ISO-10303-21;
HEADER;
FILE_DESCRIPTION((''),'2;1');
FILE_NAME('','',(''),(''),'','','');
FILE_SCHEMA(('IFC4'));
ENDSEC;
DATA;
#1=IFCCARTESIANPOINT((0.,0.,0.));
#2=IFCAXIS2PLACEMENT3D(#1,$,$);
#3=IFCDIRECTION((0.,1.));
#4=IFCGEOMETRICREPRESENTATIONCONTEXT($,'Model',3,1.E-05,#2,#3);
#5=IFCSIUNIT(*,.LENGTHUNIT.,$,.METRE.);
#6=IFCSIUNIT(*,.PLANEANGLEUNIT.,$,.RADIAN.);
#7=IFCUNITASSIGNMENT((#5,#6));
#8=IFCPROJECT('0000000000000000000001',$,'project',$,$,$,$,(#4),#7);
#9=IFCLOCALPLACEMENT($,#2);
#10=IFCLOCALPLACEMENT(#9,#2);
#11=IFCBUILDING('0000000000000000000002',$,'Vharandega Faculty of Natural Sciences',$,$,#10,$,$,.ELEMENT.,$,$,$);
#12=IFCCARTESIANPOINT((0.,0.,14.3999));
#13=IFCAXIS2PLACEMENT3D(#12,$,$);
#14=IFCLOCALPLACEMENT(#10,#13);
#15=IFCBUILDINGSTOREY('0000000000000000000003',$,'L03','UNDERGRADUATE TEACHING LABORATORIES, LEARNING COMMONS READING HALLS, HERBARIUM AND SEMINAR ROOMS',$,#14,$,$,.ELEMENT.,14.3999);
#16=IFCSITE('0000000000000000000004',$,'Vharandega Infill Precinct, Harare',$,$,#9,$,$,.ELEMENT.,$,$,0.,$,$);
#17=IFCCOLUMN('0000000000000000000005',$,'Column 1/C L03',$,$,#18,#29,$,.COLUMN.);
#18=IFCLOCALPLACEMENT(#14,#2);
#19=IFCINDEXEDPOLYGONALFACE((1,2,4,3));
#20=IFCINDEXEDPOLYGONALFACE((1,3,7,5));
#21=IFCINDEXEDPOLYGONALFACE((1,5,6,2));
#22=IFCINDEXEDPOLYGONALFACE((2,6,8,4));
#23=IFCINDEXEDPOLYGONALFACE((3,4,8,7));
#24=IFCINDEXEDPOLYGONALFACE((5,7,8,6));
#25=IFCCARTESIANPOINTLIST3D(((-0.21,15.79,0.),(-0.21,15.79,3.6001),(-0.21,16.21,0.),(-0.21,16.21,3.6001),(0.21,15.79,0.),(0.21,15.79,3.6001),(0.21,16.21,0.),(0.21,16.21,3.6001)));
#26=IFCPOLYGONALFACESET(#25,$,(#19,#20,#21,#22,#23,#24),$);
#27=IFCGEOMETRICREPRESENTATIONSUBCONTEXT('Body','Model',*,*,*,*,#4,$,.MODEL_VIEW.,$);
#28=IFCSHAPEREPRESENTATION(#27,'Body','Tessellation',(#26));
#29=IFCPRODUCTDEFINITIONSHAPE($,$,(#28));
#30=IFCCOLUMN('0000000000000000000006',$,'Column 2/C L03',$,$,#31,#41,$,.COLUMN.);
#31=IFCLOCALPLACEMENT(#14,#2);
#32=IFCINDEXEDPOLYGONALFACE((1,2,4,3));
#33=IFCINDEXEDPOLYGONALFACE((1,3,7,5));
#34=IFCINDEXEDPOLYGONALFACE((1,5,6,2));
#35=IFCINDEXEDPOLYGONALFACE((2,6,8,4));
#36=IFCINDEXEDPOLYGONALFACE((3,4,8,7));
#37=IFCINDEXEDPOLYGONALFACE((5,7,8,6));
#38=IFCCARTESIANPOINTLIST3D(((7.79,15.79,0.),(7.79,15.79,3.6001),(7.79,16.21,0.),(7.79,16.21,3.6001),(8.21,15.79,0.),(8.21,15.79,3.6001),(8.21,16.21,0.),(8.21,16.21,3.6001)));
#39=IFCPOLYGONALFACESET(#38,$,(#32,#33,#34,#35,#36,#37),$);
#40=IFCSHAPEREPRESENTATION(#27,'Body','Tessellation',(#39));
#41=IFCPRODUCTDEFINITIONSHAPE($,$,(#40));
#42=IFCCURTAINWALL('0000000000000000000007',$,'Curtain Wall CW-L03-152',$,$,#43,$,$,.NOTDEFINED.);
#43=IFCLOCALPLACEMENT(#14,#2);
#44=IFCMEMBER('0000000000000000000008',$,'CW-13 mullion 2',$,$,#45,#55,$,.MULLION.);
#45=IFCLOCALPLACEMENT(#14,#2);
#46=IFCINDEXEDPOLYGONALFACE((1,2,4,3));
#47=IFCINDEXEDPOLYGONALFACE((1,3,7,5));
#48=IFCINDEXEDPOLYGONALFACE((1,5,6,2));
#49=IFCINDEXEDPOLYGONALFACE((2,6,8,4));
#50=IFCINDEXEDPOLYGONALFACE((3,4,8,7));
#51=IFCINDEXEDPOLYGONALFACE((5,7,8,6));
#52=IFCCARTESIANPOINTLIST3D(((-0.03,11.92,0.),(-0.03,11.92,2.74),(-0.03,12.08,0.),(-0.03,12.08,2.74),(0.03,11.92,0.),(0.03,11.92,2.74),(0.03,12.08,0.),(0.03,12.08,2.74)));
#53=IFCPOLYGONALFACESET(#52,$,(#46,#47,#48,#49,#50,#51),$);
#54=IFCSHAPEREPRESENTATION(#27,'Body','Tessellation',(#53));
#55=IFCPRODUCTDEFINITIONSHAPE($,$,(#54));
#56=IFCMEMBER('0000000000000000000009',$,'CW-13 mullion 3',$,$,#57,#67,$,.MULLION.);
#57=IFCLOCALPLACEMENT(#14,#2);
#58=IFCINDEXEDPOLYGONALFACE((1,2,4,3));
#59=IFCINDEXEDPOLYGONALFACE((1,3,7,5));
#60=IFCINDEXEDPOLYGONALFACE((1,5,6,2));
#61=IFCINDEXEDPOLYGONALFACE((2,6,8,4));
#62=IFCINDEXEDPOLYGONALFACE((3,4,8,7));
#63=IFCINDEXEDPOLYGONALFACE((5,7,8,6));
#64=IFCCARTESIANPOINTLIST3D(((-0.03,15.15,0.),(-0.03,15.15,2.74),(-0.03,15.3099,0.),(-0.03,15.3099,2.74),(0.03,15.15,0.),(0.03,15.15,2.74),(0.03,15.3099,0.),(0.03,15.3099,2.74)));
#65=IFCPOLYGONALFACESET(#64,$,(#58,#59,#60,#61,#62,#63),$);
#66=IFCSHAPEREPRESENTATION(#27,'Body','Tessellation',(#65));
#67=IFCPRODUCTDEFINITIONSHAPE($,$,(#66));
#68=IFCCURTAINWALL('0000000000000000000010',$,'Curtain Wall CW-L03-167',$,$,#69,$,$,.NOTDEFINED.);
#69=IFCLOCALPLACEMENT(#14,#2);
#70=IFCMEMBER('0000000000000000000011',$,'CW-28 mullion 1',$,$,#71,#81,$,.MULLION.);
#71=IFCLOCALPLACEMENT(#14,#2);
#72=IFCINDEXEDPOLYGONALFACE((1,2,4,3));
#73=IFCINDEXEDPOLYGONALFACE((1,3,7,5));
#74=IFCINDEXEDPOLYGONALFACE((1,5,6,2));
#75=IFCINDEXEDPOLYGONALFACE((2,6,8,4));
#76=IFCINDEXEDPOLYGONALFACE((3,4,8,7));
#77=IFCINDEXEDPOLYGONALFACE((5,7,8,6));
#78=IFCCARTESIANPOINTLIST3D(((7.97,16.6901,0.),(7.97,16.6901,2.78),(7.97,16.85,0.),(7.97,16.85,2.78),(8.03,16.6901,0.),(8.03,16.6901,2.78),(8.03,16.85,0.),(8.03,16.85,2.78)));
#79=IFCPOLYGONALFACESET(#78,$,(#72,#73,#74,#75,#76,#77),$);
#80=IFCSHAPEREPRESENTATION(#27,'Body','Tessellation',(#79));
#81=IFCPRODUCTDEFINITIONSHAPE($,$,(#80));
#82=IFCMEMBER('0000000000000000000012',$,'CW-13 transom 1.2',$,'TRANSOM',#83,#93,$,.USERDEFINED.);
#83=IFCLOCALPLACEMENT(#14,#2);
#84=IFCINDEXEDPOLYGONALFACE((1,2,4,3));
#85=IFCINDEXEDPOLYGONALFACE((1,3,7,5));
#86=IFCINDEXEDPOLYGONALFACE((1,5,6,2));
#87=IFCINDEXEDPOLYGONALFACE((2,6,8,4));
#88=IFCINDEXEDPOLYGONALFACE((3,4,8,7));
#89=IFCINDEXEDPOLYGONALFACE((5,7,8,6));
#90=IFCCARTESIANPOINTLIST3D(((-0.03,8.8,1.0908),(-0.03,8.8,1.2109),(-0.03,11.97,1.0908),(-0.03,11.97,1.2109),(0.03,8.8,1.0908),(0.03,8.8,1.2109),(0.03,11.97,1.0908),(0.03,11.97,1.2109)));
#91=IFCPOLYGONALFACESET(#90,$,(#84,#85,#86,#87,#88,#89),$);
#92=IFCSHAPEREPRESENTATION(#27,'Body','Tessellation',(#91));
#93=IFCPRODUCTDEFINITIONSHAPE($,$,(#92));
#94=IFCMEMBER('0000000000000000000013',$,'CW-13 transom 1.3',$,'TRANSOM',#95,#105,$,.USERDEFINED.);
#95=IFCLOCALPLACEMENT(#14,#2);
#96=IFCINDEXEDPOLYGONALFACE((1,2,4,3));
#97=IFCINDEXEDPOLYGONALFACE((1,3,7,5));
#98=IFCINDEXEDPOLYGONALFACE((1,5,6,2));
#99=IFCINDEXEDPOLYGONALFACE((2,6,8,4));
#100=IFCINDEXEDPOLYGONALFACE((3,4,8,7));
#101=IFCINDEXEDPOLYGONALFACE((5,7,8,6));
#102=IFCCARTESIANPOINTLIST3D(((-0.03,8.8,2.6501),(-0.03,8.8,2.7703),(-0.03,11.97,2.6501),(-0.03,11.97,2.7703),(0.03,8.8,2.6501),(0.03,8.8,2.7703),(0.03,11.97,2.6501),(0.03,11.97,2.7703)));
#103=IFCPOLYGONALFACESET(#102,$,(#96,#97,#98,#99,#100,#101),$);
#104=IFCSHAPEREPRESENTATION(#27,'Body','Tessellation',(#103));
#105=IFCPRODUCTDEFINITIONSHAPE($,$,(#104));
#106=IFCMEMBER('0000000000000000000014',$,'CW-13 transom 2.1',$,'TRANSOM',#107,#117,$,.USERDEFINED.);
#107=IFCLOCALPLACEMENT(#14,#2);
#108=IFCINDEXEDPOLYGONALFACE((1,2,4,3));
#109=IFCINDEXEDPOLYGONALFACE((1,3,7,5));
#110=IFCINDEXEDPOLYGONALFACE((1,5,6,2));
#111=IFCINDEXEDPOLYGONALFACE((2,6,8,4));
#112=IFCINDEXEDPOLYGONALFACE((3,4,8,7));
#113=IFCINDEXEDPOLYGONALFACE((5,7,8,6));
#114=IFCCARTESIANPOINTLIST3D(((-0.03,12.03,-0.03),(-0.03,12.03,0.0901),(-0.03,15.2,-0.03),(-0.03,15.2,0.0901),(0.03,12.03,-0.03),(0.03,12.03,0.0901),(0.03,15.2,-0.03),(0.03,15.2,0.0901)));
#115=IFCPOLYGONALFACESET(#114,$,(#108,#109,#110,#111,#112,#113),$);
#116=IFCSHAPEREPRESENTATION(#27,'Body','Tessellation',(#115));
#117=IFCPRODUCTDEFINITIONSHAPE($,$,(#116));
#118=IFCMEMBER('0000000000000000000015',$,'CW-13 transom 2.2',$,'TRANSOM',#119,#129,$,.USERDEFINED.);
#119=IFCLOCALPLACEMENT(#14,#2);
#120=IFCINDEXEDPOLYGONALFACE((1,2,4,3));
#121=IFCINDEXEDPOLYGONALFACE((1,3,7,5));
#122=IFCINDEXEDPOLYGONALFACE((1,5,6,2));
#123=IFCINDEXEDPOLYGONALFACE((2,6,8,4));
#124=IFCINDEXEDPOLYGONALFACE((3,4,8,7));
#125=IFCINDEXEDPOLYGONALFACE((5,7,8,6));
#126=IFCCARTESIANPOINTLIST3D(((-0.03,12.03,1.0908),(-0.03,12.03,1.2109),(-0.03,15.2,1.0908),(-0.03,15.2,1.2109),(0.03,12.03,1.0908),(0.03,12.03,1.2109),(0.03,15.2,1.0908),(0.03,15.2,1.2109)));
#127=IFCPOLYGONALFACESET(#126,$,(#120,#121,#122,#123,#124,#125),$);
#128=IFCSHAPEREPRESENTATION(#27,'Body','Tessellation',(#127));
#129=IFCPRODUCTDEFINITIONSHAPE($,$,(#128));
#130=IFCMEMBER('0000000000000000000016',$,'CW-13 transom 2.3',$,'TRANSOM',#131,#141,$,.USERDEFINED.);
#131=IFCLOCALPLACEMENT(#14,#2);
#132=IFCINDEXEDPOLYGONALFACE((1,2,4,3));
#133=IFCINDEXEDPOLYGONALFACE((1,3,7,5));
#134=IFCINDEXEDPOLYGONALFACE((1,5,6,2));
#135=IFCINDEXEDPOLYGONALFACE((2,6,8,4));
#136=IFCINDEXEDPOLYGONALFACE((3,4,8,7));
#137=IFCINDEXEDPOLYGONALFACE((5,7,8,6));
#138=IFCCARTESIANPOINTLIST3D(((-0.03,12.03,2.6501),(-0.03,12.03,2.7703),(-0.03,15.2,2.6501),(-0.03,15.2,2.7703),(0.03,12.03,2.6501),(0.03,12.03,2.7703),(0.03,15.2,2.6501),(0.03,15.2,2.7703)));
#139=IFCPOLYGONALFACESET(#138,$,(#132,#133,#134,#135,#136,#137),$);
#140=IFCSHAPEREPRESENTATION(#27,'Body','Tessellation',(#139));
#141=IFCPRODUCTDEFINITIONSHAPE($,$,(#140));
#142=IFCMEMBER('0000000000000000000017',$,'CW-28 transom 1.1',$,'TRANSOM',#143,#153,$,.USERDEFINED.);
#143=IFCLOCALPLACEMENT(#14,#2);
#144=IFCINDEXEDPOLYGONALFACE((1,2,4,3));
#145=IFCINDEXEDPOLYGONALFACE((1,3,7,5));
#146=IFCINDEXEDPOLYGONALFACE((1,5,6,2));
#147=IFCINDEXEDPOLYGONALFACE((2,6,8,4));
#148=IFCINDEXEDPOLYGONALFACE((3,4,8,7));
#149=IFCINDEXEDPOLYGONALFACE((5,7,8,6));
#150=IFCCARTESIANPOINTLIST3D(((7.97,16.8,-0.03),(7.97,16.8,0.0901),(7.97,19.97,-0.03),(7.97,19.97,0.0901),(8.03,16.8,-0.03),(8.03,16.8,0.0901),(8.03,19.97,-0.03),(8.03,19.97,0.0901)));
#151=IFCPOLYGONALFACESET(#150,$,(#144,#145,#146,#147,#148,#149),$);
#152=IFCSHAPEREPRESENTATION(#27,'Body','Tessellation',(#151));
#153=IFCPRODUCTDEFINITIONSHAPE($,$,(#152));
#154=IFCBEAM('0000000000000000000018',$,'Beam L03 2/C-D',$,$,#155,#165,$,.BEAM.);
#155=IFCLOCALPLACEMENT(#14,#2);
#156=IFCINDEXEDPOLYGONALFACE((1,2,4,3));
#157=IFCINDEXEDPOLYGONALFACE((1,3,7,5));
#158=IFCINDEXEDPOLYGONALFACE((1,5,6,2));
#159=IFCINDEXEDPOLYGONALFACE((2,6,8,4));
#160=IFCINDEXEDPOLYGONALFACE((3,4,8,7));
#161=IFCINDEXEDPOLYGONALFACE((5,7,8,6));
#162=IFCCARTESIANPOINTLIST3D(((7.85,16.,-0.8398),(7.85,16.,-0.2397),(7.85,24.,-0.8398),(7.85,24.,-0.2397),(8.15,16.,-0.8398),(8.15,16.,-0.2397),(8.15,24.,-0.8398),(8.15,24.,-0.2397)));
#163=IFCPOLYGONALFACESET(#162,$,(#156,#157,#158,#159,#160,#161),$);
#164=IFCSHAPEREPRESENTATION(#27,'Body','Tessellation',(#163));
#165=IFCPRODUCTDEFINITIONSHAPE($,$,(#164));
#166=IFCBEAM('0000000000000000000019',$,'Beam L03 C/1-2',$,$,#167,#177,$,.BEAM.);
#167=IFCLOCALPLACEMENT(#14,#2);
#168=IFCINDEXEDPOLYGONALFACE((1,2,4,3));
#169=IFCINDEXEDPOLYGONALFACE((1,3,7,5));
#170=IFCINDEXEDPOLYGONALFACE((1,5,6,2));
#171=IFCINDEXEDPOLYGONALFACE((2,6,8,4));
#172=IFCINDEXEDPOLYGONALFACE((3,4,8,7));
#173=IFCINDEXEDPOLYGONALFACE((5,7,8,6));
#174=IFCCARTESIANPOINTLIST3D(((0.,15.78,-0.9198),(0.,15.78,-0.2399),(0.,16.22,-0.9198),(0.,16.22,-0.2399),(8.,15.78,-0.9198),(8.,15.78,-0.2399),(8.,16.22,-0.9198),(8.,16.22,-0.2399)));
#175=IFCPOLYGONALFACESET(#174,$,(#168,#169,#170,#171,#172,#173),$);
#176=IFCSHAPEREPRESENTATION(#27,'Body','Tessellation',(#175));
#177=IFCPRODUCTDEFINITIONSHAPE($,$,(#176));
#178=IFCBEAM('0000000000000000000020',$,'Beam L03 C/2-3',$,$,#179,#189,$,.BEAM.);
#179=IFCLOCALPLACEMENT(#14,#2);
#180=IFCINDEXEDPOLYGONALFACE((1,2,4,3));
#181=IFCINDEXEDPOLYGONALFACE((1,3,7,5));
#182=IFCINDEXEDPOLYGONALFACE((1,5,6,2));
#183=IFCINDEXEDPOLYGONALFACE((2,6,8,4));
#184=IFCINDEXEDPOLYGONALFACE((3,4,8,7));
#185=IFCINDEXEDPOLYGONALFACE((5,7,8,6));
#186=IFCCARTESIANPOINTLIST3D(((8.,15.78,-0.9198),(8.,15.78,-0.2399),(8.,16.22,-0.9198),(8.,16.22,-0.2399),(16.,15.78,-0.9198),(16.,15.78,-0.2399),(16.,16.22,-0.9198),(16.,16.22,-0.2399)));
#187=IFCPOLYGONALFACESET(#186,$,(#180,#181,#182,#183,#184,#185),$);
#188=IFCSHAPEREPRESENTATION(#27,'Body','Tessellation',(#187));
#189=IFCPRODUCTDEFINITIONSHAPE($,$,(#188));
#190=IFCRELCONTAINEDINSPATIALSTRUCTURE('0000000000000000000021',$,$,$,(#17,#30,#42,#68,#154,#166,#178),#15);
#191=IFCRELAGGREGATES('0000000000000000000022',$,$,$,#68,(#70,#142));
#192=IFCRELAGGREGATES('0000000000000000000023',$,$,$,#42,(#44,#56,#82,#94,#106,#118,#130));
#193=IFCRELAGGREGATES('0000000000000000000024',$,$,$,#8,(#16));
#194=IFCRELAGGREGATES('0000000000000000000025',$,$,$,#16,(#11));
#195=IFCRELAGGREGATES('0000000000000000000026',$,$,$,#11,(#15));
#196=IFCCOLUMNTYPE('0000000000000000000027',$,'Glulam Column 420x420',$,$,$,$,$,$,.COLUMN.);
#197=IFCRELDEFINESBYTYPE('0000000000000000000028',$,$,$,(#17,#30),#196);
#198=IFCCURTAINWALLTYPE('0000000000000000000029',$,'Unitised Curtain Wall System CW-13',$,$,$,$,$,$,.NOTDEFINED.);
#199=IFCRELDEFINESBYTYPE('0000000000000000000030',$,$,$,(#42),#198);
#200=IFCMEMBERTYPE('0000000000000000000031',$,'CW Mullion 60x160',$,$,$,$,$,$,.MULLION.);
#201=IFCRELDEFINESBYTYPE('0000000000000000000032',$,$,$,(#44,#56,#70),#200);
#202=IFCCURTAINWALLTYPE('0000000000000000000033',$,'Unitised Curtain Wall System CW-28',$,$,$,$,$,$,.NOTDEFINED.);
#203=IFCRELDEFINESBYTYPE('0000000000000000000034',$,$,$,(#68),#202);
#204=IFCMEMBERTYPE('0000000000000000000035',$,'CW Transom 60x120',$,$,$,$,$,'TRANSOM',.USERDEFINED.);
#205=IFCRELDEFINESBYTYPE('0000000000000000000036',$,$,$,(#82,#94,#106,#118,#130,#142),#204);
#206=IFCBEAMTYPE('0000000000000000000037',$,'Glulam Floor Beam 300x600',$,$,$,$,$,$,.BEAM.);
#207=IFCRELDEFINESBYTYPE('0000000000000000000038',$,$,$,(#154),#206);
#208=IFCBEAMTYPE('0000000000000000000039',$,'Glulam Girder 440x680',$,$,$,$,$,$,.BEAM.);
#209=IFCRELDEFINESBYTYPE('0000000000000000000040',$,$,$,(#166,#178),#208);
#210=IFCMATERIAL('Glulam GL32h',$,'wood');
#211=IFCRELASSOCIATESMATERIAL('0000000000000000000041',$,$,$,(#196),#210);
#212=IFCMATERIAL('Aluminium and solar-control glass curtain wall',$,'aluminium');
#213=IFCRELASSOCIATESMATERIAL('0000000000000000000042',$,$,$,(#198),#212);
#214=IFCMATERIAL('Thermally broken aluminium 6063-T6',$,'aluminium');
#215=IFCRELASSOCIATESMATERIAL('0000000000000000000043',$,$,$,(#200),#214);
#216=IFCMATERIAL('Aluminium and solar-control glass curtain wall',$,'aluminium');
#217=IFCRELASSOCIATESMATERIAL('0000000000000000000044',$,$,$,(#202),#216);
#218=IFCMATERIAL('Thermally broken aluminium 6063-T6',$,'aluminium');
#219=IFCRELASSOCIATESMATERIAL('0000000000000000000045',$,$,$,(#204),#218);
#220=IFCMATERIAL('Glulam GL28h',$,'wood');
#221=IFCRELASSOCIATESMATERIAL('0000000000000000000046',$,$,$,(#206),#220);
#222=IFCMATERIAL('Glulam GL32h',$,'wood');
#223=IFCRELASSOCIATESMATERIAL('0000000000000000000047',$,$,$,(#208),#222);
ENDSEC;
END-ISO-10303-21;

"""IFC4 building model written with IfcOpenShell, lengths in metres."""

from ifc_helpers import new_model, si_unit, direction, frame, origin, origin_2d, place, context, subcontext, project, spatial, rectangle, extrude, material, material_profile, profile_set, type_object, element, aggregate, save


model = new_model("IFC4")

# Units and contexts
model_context = context("Model", 3, precision=1e-05, world=origin(), true_north=direction((0.0, 1.0)))
body_context = subcontext(model_context, "Body", "Model", "MODEL_VIEW")
ifc_project = project(units=[si_unit("LENGTHUNIT", "METRE"), si_unit("PLANEANGLEUNIT", "RADIAN")], contexts=[model_context])

# Site, building, storey
site_placement = place(None, origin())
site = spatial("IfcSite", under=ifc_project, at=site_placement, Name="Vharandega Infill Precinct, Harare", CompositionType="ELEMENT", RefElevation=0.0)
building_placement = place(site_placement, origin())
building = spatial("IfcBuilding", under=site, at=building_placement, Name="Vharandega Faculty of Natural Sciences", CompositionType="ELEMENT")
storey_placement = place(building_placement, frame((0.0, 0.0, 14.3999)))
storey = spatial("IfcBuildingStorey", under=building, at=storey_placement, Name="L03", Description="UNDERGRADUATE TEACHING LABORATORIES, LEARNING COMMONS READING HALLS, HERBARIUM AND SEMINAR ROOMS", CompositionType="ELEMENT", Elevation=14.3999)

# Columns
ifc_material_1 = material(Name="Glulam GL32h", Category="wood")
ifc_material_profile_1 = material_profile(ifc_material_1, rectangle(XDim=0.4199, YDim=0.4199, at=origin_2d()), Name="GL32h 420x420")
ifc_profile_set_1 = profile_set([ifc_material_profile_1], Name="Glulam GL32h")
column_type = type_object("IfcColumnType", Name="Glulam Column 420x420", PredefinedType="COLUMN", material=ifc_profile_set_1)
for number, where, z_axis, x_axis, name in (
    (1, (0.0, 16.0, 0.0), (0.0, 0.0, 1.0), (1.0, 0.0, 0.0), "Column 1/C L03"),
    (2, (8.0, 16.0, 0.0), (0.0, 0.0, 1.0), (1.0, 0.0, 0.0), "Column 2/C L03"),
):
    element("IfcColumn", number, at=place(storey_placement, frame(where, z_axis=z_axis, x_axis=x_axis)), inside=storey, type_object=column_type, Name=name, PredefinedType="COLUMN", context=body_context, shape_type="SweptSolid", body=[
        extrude(rectangle(XDim=0.4199, YDim=0.4199, at=origin_2d()), origin(), (0.0, 0.0, 1.0), 3.6001),
    ])

# Curtain wall, members
ifc_material_2 = material(Name="Aluminium and solar-control glass curtain wall", Category="aluminium")
curtain_wall_type_1 = type_object("IfcCurtainWallType", Name="Unitised Curtain Wall System CW-13", PredefinedType="NOTDEFINED", material=ifc_material_2)
curtain_wall_1_placement = place(storey_placement, origin())
curtain_wall_1 = element("IfcCurtainWall", 3, at=curtain_wall_1_placement, inside=storey, type_object=curtain_wall_type_1, Name="Curtain Wall CW-L03-152", PredefinedType="NOTDEFINED")
ifc_material_3 = material(Name="Thermally broken aluminium 6063-T6", Category="aluminium")
ifc_material_profile_2 = material_profile(ifc_material_3, rectangle(XDim=0.0601, YDim=0.1599, at=origin_2d()), Name="ALU 60x160")
ifc_profile_set_2 = profile_set([ifc_material_profile_2], Name="Thermally broken aluminium 6063-T6")
member_type_1 = type_object("IfcMemberType", Name="CW Mullion 60x160", PredefinedType="MULLION", material=ifc_profile_set_2)
member_1_placement = place(storey_placement, frame((0.0, 12.0, 0.0), z_axis=(0.0, 0.0, 1.0), x_axis=(-1.0, 0.0, 0.0)))
member_1 = element("IfcMember", 4, at=member_1_placement, type_object=member_type_1, Name="CW-13 mullion 2", PredefinedType="MULLION", context=body_context, shape_type="SweptSolid", body=[
    extrude(rectangle(XDim=0.0601, YDim=0.1599, at=origin_2d()), origin(), (0.0, 0.0, 1.0), 2.74),
])
member_2_placement = place(storey_placement, frame((0.0, 15.23, 0.0), z_axis=(0.0, 0.0, 1.0), x_axis=(-1.0, 0.0, 0.0)))
member_2 = element("IfcMember", 5, at=member_2_placement, type_object=member_type_1, Name="CW-13 mullion 3", PredefinedType="MULLION", context=body_context, shape_type="SweptSolid", body=[
    extrude(rectangle(XDim=0.0601, YDim=0.1599, at=origin_2d()), origin(), (0.0, 0.0, 1.0), 2.74),
])

# Curtain wall, member
ifc_material_4 = material(Name="Aluminium and solar-control glass curtain wall", Category="aluminium")
curtain_wall_type_2 = type_object("IfcCurtainWallType", Name="Unitised Curtain Wall System CW-28", PredefinedType="NOTDEFINED", material=ifc_material_4)
curtain_wall_2_placement = place(storey_placement, origin())
curtain_wall_2 = element("IfcCurtainWall", 6, at=curtain_wall_2_placement, inside=storey, type_object=curtain_wall_type_2, Name="Curtain Wall CW-L03-167", PredefinedType="NOTDEFINED")
member_3_placement = place(storey_placement, frame((8.0, 16.77, 0.0), z_axis=(0.0, 0.0, 1.0), x_axis=(-1.0, 0.0, 0.0)))
member_3 = element("IfcMember", 7, at=member_3_placement, type_object=member_type_1, Name="CW-28 mullion 1", PredefinedType="MULLION", context=body_context, shape_type="SweptSolid", body=[
    extrude(rectangle(XDim=0.0601, YDim=0.1599, at=origin_2d()), origin(), (0.0, 0.0, 1.0), 2.78),
])

# Members
ifc_material_5 = material(Name="Thermally broken aluminium 6063-T6", Category="aluminium")
ifc_material_profile_3 = material_profile(ifc_material_5, rectangle(XDim=0.0601, YDim=0.1201, at=origin_2d()), Name="ALU 60x120")
ifc_profile_set_3 = profile_set([ifc_material_profile_3], Name="Thermally broken aluminium 6063-T6")
member_type_2 = type_object("IfcMemberType", Name="CW Transom 60x120", ElementType="TRANSOM", PredefinedType="USERDEFINED", material=ifc_profile_set_3)
member_4_placement = place(storey_placement, frame((0.0, 8.8, 1.1509), z_axis=(0.0, 1.0, 0.0), x_axis=(-1.0, 0.0, 0.0)))
member_4 = element("IfcMember", 8, at=member_4_placement, type_object=member_type_2, Name="CW-13 transom 1.2", ObjectType="TRANSOM", PredefinedType="USERDEFINED", context=body_context, shape_type="SweptSolid", body=[
    extrude(rectangle(XDim=0.0601, YDim=0.1201, at=origin_2d()), origin(), (0.0, 0.0, 1.0), 3.1699),
])
member_5_placement = place(storey_placement, frame((0.0, 8.8, 2.7102), z_axis=(0.0, 1.0, 0.0), x_axis=(-1.0, 0.0, 0.0)))
member_5 = element("IfcMember", 9, at=member_5_placement, type_object=member_type_2, Name="CW-13 transom 1.3", ObjectType="TRANSOM", PredefinedType="USERDEFINED", context=body_context, shape_type="SweptSolid", body=[
    extrude(rectangle(XDim=0.0601, YDim=0.1201, at=origin_2d()), origin(), (0.0, 0.0, 1.0), 3.1699),
])
member_6_placement = place(storey_placement, frame((0.0, 12.03, 0.03), z_axis=(0.0, 1.0, 0.0), x_axis=(-1.0, 0.0, 0.0)))
member_6 = element("IfcMember", 10, at=member_6_placement, type_object=member_type_2, Name="CW-13 transom 2.1", ObjectType="TRANSOM", PredefinedType="USERDEFINED", context=body_context, shape_type="SweptSolid", body=[
    extrude(rectangle(XDim=0.0601, YDim=0.1201, at=origin_2d()), origin(), (0.0, 0.0, 1.0), 3.1699),
])
member_7_placement = place(storey_placement, frame((0.0, 12.03, 1.1509), z_axis=(0.0, 1.0, 0.0), x_axis=(-1.0, 0.0, 0.0)))
member_7 = element("IfcMember", 11, at=member_7_placement, type_object=member_type_2, Name="CW-13 transom 2.2", ObjectType="TRANSOM", PredefinedType="USERDEFINED", context=body_context, shape_type="SweptSolid", body=[
    extrude(rectangle(XDim=0.0601, YDim=0.1201, at=origin_2d()), origin(), (0.0, 0.0, 1.0), 3.1699),
])
member_8_placement = place(storey_placement, frame((0.0, 12.03, 2.7102), z_axis=(0.0, 1.0, 0.0), x_axis=(-1.0, 0.0, 0.0)))
member_8 = element("IfcMember", 12, at=member_8_placement, type_object=member_type_2, Name="CW-13 transom 2.3", ObjectType="TRANSOM", PredefinedType="USERDEFINED", context=body_context, shape_type="SweptSolid", body=[
    extrude(rectangle(XDim=0.0601, YDim=0.1201, at=origin_2d()), origin(), (0.0, 0.0, 1.0), 3.1699),
])
member_9_placement = place(storey_placement, frame((8.0, 16.8, 0.03), z_axis=(0.0, 1.0, 0.0), x_axis=(-1.0, 0.0, 0.0)))
member_9 = element("IfcMember", 13, at=member_9_placement, type_object=member_type_2, Name="CW-28 transom 1.1", ObjectType="TRANSOM", PredefinedType="USERDEFINED", context=body_context, shape_type="SweptSolid", body=[
    extrude(rectangle(XDim=0.0601, YDim=0.1201, at=origin_2d()), origin(), (0.0, 0.0, 1.0), 3.1699),
])
aggregate(curtain_wall_2, [member_3, member_9])

# Beams
ifc_material_6 = material(Name="Glulam GL28h", Category="wood")
ifc_material_profile_4 = material_profile(ifc_material_6, rectangle(XDim=0.3, YDim=0.6001, at=origin_2d()), Name="GL28h 300x600")
ifc_profile_set_4 = profile_set([ifc_material_profile_4], Name="Glulam GL28h")
beam_type_1 = type_object("IfcBeamType", Name="Glulam Floor Beam 300x600", PredefinedType="BEAM", material=ifc_profile_set_4)
beam_1_placement = place(storey_placement, frame((8.0, 16.0, -0.5398), z_axis=(0.0, 1.0, 0.0), x_axis=(-1.0, 0.0, 0.0)))
element("IfcBeam", 14, at=beam_1_placement, inside=storey, type_object=beam_type_1, Name="Beam L03 2/C-D", PredefinedType="BEAM", context=body_context, shape_type="SweptSolid", body=[
    extrude(rectangle(XDim=0.3, YDim=0.6001, at=origin_2d()), origin(), (0.0, 0.0, 1.0), 8.0),
])
ifc_material_7 = material(Name="Glulam GL32h", Category="wood")
ifc_material_profile_5 = material_profile(ifc_material_7, rectangle(XDim=0.4399, YDim=0.6799, at=origin_2d()), Name="GL32h 440x680")
ifc_profile_set_5 = profile_set([ifc_material_profile_5], Name="Glulam GL32h")
beam_type_2 = type_object("IfcBeamType", Name="Glulam Girder 440x680", PredefinedType="BEAM", material=ifc_profile_set_5)
for number, where, z_axis, x_axis, name in (
    (15, (0.0, 16.0, -0.5798), (1.0, 0.0, 0.0), (0.0, 1.0, 0.0), "Beam L03 C/1-2"),
    (16, (8.0, 16.0, -0.5798), (1.0, 0.0, 0.0), (0.0, 1.0, 0.0), "Beam L03 C/2-3"),
):
    element("IfcBeam", number, at=place(storey_placement, frame(where, z_axis=z_axis, x_axis=x_axis)), inside=storey, type_object=beam_type_2, Name=name, PredefinedType="BEAM", context=body_context, shape_type="SweptSolid", body=[
        extrude(rectangle(XDim=0.4399, YDim=0.6799, at=origin_2d()), origin(), (0.0, 0.0, 1.0), 8.0),
    ])

aggregate(curtain_wall_1, [member_1, member_2, member_4, member_5, member_6, member_7, member_8])

save(model, "model.ifc")
